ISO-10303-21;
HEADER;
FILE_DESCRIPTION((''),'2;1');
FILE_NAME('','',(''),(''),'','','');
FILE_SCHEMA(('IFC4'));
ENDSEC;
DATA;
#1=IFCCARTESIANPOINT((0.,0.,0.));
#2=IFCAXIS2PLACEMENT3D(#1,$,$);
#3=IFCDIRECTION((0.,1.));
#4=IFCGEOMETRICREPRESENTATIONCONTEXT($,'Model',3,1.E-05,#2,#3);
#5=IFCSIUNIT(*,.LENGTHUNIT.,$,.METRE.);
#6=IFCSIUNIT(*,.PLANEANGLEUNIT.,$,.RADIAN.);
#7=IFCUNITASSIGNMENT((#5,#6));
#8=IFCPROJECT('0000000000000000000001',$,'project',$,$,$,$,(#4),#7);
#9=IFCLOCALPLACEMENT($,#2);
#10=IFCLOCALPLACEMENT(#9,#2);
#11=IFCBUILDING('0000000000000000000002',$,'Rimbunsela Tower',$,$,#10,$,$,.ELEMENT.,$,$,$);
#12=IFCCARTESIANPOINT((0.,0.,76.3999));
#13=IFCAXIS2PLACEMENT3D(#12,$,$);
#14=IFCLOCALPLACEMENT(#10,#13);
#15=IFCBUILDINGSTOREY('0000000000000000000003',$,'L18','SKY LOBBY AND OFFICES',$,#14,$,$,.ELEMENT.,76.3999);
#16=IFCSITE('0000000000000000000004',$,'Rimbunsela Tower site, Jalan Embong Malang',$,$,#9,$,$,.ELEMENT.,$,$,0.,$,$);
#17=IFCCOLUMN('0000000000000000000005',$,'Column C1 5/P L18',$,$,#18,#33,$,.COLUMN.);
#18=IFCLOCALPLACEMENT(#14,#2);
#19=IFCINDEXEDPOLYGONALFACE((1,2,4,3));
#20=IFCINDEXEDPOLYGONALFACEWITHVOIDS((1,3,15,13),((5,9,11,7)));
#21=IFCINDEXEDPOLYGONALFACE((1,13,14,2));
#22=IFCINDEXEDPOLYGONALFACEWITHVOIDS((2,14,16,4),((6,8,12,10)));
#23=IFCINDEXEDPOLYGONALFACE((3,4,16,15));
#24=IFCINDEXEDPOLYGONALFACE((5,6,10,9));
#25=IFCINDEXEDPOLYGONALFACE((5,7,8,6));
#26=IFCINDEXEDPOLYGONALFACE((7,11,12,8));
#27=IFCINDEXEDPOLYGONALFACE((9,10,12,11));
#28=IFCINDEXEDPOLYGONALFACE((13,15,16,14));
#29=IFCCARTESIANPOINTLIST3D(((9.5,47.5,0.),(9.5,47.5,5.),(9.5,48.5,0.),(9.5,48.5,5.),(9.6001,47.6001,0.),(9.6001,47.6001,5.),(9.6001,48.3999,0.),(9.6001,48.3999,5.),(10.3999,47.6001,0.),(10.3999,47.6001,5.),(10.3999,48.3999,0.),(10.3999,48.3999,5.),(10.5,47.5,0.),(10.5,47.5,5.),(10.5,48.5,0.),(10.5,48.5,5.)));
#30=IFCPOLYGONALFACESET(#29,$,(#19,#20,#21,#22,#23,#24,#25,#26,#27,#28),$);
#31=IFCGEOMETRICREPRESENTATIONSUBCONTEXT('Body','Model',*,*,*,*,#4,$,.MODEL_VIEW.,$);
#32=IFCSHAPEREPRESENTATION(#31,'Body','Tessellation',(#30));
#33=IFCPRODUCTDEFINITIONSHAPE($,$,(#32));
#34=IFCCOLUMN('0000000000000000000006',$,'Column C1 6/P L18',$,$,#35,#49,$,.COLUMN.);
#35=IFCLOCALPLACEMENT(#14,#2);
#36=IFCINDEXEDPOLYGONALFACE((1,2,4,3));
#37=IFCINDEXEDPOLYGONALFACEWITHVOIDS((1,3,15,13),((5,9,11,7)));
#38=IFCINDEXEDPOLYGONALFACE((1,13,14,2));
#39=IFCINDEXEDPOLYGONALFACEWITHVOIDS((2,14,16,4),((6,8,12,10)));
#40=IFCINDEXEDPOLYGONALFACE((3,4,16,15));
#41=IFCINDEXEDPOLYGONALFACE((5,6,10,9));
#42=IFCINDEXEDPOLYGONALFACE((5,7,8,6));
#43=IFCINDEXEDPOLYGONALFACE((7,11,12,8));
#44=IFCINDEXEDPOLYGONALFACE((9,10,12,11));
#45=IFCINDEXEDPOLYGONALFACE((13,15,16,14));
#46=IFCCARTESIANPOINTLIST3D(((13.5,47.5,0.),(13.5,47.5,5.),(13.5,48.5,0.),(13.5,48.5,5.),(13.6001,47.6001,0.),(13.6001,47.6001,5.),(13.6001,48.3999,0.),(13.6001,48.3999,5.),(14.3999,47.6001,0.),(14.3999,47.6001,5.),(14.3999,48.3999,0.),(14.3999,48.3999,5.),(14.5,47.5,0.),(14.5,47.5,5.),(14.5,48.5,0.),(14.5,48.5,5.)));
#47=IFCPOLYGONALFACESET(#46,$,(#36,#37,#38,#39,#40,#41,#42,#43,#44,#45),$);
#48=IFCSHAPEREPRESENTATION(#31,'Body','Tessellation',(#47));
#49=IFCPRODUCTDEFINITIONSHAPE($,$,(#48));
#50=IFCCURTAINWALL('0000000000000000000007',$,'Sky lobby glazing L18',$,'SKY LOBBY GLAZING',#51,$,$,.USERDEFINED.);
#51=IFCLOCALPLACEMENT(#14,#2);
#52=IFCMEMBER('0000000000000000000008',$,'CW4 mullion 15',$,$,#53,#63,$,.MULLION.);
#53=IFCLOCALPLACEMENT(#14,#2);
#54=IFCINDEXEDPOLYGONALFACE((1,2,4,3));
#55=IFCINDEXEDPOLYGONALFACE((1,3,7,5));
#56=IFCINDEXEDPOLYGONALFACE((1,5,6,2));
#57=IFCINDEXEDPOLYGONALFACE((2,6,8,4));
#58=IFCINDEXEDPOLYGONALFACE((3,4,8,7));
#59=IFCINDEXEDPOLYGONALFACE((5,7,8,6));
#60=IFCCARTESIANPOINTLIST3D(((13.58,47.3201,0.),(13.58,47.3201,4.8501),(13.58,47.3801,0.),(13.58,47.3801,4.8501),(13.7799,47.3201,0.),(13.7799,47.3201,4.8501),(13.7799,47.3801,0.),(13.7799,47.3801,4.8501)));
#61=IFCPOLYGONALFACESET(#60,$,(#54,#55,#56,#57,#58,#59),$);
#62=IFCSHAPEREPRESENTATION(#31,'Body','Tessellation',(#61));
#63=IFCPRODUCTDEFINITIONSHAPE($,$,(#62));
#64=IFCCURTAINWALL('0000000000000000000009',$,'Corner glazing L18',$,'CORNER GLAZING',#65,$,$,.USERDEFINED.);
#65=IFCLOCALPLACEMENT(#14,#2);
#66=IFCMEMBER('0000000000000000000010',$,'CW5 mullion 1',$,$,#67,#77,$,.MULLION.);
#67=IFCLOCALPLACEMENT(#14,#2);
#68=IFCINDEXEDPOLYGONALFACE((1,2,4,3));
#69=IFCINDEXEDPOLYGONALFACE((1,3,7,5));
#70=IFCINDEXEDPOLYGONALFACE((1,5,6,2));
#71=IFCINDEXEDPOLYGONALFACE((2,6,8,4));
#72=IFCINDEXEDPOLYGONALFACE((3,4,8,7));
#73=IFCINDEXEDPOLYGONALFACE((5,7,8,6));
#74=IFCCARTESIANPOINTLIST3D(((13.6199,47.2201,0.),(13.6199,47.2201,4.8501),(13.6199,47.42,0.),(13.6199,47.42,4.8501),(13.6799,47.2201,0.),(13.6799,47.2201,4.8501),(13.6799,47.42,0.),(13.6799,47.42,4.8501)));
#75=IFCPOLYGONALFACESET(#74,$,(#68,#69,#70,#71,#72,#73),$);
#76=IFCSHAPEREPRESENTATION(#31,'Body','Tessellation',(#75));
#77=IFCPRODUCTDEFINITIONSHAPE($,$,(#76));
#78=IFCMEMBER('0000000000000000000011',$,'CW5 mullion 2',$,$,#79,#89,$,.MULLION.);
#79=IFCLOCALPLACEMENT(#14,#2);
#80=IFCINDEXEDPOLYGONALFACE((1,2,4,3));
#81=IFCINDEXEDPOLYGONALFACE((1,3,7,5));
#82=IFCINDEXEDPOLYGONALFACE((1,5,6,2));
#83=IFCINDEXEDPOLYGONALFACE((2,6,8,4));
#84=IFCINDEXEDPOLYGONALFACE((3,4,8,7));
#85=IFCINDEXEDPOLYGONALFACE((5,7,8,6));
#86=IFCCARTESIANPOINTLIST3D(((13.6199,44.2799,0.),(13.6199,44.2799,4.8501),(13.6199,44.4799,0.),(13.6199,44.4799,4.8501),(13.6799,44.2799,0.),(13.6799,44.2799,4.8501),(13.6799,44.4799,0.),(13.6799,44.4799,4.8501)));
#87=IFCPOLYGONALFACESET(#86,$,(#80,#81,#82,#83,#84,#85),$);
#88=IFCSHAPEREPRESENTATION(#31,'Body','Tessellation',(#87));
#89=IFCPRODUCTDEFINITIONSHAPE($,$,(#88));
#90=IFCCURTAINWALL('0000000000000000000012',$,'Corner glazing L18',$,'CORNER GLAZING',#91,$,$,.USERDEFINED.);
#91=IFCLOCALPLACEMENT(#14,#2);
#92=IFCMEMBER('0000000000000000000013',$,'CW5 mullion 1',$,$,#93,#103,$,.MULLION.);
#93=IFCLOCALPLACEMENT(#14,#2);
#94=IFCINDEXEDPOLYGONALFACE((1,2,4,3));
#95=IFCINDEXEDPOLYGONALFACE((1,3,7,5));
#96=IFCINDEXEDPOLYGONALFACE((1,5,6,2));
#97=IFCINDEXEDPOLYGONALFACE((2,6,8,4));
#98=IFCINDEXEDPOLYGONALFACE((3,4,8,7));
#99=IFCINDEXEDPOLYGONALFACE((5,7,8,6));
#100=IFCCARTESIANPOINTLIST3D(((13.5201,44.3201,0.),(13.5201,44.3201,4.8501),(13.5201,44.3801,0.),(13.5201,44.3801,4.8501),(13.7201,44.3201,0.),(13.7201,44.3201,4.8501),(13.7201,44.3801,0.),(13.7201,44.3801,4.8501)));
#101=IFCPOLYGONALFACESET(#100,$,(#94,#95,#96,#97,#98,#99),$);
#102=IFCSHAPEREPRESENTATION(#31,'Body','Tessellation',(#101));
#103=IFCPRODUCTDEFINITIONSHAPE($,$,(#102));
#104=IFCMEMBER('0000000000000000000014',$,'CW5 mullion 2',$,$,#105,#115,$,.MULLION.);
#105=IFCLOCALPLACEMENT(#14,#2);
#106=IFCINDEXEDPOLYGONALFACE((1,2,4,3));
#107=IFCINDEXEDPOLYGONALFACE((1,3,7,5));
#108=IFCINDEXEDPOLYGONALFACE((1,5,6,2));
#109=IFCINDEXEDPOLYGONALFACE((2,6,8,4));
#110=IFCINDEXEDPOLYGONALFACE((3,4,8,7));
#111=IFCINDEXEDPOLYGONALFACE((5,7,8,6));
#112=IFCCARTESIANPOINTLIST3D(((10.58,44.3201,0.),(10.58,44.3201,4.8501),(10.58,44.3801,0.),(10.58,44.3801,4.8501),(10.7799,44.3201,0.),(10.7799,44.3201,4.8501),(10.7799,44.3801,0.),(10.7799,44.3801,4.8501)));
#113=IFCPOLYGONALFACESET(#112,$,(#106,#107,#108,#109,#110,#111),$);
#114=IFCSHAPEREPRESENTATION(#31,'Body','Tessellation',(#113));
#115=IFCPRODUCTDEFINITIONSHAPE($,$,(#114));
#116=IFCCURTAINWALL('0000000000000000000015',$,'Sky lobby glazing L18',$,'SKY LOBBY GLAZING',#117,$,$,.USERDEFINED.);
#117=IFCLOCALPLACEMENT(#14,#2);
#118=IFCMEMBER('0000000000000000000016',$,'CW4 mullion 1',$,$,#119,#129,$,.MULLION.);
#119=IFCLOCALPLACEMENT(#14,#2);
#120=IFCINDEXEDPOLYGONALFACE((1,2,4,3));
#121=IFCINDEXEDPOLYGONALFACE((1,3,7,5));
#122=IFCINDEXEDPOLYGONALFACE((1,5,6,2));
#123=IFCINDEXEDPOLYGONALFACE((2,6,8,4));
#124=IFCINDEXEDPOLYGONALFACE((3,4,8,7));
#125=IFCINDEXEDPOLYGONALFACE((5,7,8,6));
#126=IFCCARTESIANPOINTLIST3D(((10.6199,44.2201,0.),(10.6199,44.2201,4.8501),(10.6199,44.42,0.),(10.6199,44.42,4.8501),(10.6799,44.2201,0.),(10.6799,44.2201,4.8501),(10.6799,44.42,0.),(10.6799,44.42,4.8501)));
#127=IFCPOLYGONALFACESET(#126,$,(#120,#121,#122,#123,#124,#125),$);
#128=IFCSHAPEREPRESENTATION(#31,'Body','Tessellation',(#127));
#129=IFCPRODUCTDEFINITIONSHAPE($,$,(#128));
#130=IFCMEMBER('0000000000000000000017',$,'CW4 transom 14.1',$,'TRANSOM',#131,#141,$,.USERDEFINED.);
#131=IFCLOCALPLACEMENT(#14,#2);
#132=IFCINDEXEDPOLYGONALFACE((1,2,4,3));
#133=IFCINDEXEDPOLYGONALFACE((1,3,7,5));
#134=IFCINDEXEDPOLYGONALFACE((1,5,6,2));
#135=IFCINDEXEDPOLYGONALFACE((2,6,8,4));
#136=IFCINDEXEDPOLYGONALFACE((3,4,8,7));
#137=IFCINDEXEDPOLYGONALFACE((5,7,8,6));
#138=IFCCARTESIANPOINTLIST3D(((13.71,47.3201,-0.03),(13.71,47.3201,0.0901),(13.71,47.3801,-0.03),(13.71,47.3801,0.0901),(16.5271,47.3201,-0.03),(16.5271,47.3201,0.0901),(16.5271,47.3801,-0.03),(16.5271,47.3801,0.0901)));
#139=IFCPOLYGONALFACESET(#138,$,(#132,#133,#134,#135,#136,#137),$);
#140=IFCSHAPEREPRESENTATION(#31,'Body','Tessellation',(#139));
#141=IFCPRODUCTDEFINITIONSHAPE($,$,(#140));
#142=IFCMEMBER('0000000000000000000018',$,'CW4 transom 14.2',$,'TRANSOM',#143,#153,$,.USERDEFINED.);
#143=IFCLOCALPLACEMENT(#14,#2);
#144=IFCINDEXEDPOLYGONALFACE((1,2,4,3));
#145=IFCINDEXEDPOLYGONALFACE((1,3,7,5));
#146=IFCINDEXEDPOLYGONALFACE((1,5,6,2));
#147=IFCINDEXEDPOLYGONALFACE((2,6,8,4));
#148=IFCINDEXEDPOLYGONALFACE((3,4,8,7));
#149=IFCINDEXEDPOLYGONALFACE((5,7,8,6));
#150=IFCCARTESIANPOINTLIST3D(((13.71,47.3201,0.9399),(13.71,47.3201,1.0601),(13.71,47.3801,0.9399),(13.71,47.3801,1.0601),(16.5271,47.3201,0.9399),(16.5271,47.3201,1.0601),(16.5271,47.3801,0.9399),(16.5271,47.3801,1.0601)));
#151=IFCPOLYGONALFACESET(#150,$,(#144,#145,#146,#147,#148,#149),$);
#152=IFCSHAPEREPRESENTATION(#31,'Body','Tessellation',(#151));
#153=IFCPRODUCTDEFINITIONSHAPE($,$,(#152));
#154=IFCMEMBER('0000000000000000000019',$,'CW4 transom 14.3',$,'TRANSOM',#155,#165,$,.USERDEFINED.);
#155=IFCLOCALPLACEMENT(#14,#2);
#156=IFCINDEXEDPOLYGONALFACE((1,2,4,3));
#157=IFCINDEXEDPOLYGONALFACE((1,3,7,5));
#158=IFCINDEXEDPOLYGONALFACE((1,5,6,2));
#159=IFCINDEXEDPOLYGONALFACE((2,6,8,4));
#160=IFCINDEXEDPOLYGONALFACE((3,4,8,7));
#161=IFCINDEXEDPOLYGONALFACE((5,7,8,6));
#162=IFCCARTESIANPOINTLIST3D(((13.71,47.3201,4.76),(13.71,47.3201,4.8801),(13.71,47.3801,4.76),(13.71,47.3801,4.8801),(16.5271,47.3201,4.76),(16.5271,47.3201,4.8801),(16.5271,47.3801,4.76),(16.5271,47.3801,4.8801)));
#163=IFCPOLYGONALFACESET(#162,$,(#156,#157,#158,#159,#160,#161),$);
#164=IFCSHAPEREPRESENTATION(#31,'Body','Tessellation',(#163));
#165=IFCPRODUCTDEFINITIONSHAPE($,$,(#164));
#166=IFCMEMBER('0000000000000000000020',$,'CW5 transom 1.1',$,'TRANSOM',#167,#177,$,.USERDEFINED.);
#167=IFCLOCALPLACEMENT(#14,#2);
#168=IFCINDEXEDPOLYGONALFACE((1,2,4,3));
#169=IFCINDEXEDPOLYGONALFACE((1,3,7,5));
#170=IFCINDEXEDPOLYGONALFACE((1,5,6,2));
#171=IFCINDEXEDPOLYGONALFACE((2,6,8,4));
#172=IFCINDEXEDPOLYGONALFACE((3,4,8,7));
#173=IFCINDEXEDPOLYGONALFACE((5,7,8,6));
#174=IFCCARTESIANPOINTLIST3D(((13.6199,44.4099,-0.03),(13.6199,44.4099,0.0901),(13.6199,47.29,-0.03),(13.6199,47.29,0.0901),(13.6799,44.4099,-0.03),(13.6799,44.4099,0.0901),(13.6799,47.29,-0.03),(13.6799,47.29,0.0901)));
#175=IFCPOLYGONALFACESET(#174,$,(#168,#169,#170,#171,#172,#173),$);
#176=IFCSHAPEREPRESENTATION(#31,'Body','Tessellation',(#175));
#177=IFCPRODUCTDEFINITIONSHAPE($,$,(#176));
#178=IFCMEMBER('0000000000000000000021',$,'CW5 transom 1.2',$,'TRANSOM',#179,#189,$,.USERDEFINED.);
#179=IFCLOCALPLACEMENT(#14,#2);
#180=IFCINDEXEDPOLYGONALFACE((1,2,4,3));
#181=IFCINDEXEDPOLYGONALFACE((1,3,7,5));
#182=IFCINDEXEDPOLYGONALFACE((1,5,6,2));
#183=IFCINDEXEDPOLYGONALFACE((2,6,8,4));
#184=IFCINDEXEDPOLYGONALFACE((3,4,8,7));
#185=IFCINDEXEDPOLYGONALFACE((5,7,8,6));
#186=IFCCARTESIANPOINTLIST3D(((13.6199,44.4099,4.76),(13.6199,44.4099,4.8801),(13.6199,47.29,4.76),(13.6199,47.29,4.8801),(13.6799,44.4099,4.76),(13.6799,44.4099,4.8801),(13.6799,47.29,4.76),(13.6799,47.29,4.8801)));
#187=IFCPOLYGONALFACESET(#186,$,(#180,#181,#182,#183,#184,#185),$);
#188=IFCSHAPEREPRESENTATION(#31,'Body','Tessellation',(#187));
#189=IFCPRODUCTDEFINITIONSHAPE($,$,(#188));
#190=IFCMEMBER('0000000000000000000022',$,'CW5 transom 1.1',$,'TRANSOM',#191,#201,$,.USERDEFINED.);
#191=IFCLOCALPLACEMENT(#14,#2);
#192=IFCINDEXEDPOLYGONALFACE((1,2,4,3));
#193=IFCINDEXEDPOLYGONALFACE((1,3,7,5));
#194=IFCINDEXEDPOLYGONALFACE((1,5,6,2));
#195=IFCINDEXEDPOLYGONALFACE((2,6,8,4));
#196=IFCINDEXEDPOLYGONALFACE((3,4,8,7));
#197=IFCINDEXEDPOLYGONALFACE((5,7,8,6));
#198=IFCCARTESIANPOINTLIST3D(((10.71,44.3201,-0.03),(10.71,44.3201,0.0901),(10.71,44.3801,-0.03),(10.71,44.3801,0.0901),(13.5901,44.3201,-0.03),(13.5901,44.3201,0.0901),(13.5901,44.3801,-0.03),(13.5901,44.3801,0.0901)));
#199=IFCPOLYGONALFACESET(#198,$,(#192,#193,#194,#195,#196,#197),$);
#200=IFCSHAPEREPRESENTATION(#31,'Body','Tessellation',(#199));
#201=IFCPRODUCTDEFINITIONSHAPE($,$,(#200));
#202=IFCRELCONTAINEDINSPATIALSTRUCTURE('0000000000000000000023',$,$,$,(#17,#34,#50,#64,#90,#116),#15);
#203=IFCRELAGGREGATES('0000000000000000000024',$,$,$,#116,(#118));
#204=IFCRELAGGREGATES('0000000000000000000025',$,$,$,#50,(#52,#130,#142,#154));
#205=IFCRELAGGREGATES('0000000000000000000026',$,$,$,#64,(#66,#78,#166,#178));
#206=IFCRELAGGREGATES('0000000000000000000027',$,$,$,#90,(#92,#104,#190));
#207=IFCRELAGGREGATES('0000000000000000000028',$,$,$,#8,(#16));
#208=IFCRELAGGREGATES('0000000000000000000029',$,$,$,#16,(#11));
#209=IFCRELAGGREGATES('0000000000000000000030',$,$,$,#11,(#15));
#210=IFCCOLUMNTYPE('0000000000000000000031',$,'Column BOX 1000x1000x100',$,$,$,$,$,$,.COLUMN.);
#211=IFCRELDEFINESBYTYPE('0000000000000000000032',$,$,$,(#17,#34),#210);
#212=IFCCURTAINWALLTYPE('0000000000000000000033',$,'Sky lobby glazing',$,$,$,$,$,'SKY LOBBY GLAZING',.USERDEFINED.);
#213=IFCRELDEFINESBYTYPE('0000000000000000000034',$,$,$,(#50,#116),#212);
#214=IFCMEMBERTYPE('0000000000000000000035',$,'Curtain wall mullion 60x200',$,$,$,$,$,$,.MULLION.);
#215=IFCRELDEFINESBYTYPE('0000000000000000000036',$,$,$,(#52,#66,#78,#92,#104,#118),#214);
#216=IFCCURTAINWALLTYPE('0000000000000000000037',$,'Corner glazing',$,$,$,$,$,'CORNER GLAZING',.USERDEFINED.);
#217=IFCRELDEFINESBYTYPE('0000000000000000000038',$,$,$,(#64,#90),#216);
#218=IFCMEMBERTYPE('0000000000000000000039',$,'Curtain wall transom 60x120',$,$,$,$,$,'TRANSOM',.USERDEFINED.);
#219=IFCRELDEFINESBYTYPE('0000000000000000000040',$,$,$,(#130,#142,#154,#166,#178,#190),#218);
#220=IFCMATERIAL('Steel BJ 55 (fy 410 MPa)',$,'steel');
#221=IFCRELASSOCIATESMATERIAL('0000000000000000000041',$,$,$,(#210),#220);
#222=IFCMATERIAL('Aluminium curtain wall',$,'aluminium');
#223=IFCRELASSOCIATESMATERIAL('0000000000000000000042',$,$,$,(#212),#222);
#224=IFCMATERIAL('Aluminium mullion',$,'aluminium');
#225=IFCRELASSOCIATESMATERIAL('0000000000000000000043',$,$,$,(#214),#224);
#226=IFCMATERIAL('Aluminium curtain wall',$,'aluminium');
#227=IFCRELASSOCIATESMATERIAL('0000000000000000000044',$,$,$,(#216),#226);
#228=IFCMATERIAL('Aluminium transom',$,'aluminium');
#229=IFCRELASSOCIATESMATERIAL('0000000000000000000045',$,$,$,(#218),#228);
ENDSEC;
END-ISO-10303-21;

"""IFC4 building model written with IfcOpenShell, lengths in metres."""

from ifc_helpers import new_model, si_unit, direction, frame, origin, origin_2d, place, context, subcontext, project, spatial, rectangle, hollow_rectangle, extrude, material, material_profile, profile_set, type_object, element, aggregate, save


model = new_model("IFC4")

# Units and contexts
model_context = context("Model", 3, precision=1e-05, world=origin(), true_north=direction((0.0, 1.0)))
body_context = subcontext(model_context, "Body", "Model", "MODEL_VIEW")
ifc_project = project(units=[si_unit("LENGTHUNIT", "METRE"), si_unit("PLANEANGLEUNIT", "RADIAN")], contexts=[model_context])

# Site, building, storey
site_placement = place(None, origin())
site = spatial("IfcSite", under=ifc_project, at=site_placement, Name="Rimbunsela Tower site, Jalan Embong Malang", CompositionType="ELEMENT", RefElevation=0.0)
building_placement = place(site_placement, origin())
building = spatial("IfcBuilding", under=site, at=building_placement, Name="Rimbunsela Tower", CompositionType="ELEMENT")
storey_placement = place(building_placement, frame((0.0, 0.0, 76.3999)))
storey = spatial("IfcBuildingStorey", under=building, at=storey_placement, Name="L18", Description="SKY LOBBY AND OFFICES", CompositionType="ELEMENT", Elevation=76.3999)

# Columns
ifc_material_1 = material(Name="Steel BJ 55 (fy 410 MPa)", Category="steel")
ifc_material_profile_1 = material_profile(ifc_material_1, hollow_rectangle(XDim=1.0, YDim=1.0, WallThickness=0.1001, at=origin_2d()), Name="BOX 1000x1000x100")
ifc_profile_set_1 = profile_set([ifc_material_profile_1], Name="Steel BJ 55 (fy 410 MPa)")
column_type = type_object("IfcColumnType", Name="Column BOX 1000x1000x100", PredefinedType="COLUMN", material=ifc_profile_set_1)
for number, where, z_axis, x_axis, name in (
    (1, (10.0, 48.0, 0.0), (0.0, 0.0, 1.0), (1.0, 0.0, 0.0), "Column C1 5/P L18"),
    (2, (14.0, 48.0, 0.0), (0.0, 0.0, 1.0), (1.0, 0.0, 0.0), "Column C1 6/P L18"),
):
    element("IfcColumn", number, at=place(storey_placement, frame(where, z_axis=z_axis, x_axis=x_axis)), inside=storey, type_object=column_type, Name=name, PredefinedType="COLUMN", context=body_context, shape_type="SweptSolid", body=[
        extrude(hollow_rectangle(XDim=1.0, YDim=1.0, WallThickness=0.1001, at=origin_2d()), origin(), (0.0, 0.0, 1.0), 5.0),
    ])

# Curtain wall, member
ifc_material_2 = material(Name="Aluminium curtain wall", Category="aluminium")
curtain_wall_type_1 = type_object("IfcCurtainWallType", Name="Sky lobby glazing", ElementType="SKY LOBBY GLAZING", PredefinedType="USERDEFINED", material=ifc_material_2)
curtain_wall_1_placement = place(storey_placement, origin())
curtain_wall_1 = element("IfcCurtainWall", 3, at=curtain_wall_1_placement, inside=storey, type_object=curtain_wall_type_1, Name="Sky lobby glazing L18", ObjectType="SKY LOBBY GLAZING", PredefinedType="USERDEFINED")
ifc_material_3 = material(Name="Aluminium mullion", Category="aluminium")
ifc_material_profile_2 = material_profile(ifc_material_3, rectangle(XDim=0.0601, YDim=0.2, at=origin_2d()), Name="Mullion 60x200")
ifc_profile_set_2 = profile_set([ifc_material_profile_2], Name="Aluminium mullion")
member_type_1 = type_object("IfcMemberType", Name="Curtain wall mullion 60x200", PredefinedType="MULLION", material=ifc_profile_set_2)
member_1_placement = place(storey_placement, frame((13.6799, 47.3501, 0.0), z_axis=(0.0, 0.0, 1.0), x_axis=(0.0, -1.0, 0.0)))
member_1 = element("IfcMember", 4, at=member_1_placement, type_object=member_type_1, Name="CW4 mullion 15", PredefinedType="MULLION", context=body_context, shape_type="SweptSolid", body=[
    extrude(rectangle(XDim=0.0601, YDim=0.2, at=origin_2d()), origin(), (0.0, 0.0, 1.0), 4.8501),
])

# Curtain walls, members
ifc_material_4 = material(Name="Aluminium curtain wall", Category="aluminium")
curtain_wall_type_2 = type_object("IfcCurtainWallType", Name="Corner glazing", ElementType="CORNER GLAZING", PredefinedType="USERDEFINED", material=ifc_material_4)
curtain_wall_2_placement = place(storey_placement, origin())
curtain_wall_2 = element("IfcCurtainWall", 5, at=curtain_wall_2_placement, inside=storey, type_object=curtain_wall_type_2, Name="Corner glazing L18", ObjectType="CORNER GLAZING", PredefinedType="USERDEFINED")
member_2_placement = place(storey_placement, frame((13.6499, 47.3201, 0.0), z_axis=(0.0, 0.0, 1.0), x_axis=(1.0, 0.0, 0.0)))
member_2 = element("IfcMember", 6, at=member_2_placement, type_object=member_type_1, Name="CW5 mullion 1", PredefinedType="MULLION", context=body_context, shape_type="SweptSolid", body=[
    extrude(rectangle(XDim=0.0601, YDim=0.2, at=origin_2d()), origin(), (0.0, 0.0, 1.0), 4.8501),
])
member_3_placement = place(storey_placement, frame((13.6499, 44.3799, 0.0), z_axis=(0.0, 0.0, 1.0), x_axis=(1.0, 0.0, 0.0)))
member_3 = element("IfcMember", 7, at=member_3_placement, type_object=member_type_1, Name="CW5 mullion 2", PredefinedType="MULLION", context=body_context, shape_type="SweptSolid", body=[
    extrude(rectangle(XDim=0.0601, YDim=0.2, at=origin_2d()), origin(), (0.0, 0.0, 1.0), 4.8501),
])
curtain_wall_3_placement = place(storey_placement, origin())
curtain_wall_3 = element("IfcCurtainWall", 8, at=curtain_wall_3_placement, inside=storey, type_object=curtain_wall_type_2, Name="Corner glazing L18", ObjectType="CORNER GLAZING", PredefinedType="USERDEFINED")
member_4_placement = place(storey_placement, frame((13.6201, 44.3501, 0.0), z_axis=(0.0, 0.0, 1.0), x_axis=(0.0, -1.0, 0.0)))
member_4 = element("IfcMember", 9, at=member_4_placement, type_object=member_type_1, Name="CW5 mullion 1", PredefinedType="MULLION", context=body_context, shape_type="SweptSolid", body=[
    extrude(rectangle(XDim=0.0601, YDim=0.2, at=origin_2d()), origin(), (0.0, 0.0, 1.0), 4.8501),
])
member_5_placement = place(storey_placement, frame((10.6799, 44.3501, 0.0), z_axis=(0.0, 0.0, 1.0), x_axis=(0.0, -1.0, 0.0)))
member_5 = element("IfcMember", 10, at=member_5_placement, type_object=member_type_1, Name="CW5 mullion 2", PredefinedType="MULLION", context=body_context, shape_type="SweptSolid", body=[
    extrude(rectangle(XDim=0.0601, YDim=0.2, at=origin_2d()), origin(), (0.0, 0.0, 1.0), 4.8501),
])

# Curtain wall, member
curtain_wall_4_placement = place(storey_placement, origin())
curtain_wall_4 = element("IfcCurtainWall", 11, at=curtain_wall_4_placement, inside=storey, type_object=curtain_wall_type_1, Name="Sky lobby glazing L18", ObjectType="SKY LOBBY GLAZING", PredefinedType="USERDEFINED")
member_6_placement = place(storey_placement, frame((10.6499, 44.3201, 0.0), z_axis=(0.0, 0.0, 1.0), x_axis=(1.0, 0.0, 0.0)))
member_6 = element("IfcMember", 12, at=member_6_placement, type_object=member_type_1, Name="CW4 mullion 1", PredefinedType="MULLION", context=body_context, shape_type="SweptSolid", body=[
    extrude(rectangle(XDim=0.0601, YDim=0.2, at=origin_2d()), origin(), (0.0, 0.0, 1.0), 4.8501),
])
aggregate(curtain_wall_4, [member_6])

# Members
ifc_material_5 = material(Name="Aluminium transom", Category="aluminium")
ifc_material_profile_3 = material_profile(ifc_material_5, rectangle(XDim=0.0601, YDim=0.1201, at=origin_2d()), Name="Transom 60x120")
ifc_profile_set_3 = profile_set([ifc_material_profile_3], Name="Aluminium transom")
member_type_2 = type_object("IfcMemberType", Name="Curtain wall transom 60x120", ElementType="TRANSOM", PredefinedType="USERDEFINED", material=ifc_profile_set_3)
member_7_placement = place(storey_placement, frame((16.5271, 47.3501, 0.03), z_axis=(-1.0, 0.0, 0.0), x_axis=(0.0, -1.0, 0.0)))
member_7 = element("IfcMember", 13, at=member_7_placement, type_object=member_type_2, Name="CW4 transom 14.1", ObjectType="TRANSOM", PredefinedType="USERDEFINED", context=body_context, shape_type="SweptSolid", body=[
    extrude(rectangle(XDim=0.0601, YDim=0.1201, at=origin_2d()), origin(), (0.0, 0.0, 1.0), 2.8171),
])
member_8_placement = place(storey_placement, frame((16.5271, 47.3501, 1.0), z_axis=(-1.0, 0.0, 0.0), x_axis=(0.0, -1.0, 0.0)))
member_8 = element("IfcMember", 14, at=member_8_placement, type_object=member_type_2, Name="CW4 transom 14.2", ObjectType="TRANSOM", PredefinedType="USERDEFINED", context=body_context, shape_type="SweptSolid", body=[
    extrude(rectangle(XDim=0.0601, YDim=0.1201, at=origin_2d()), origin(), (0.0, 0.0, 1.0), 2.8171),
])
member_9_placement = place(storey_placement, frame((16.5271, 47.3501, 4.8201), z_axis=(-1.0, 0.0, 0.0), x_axis=(0.0, -1.0, 0.0)))
member_9 = element("IfcMember", 15, at=member_9_placement, type_object=member_type_2, Name="CW4 transom 14.3", ObjectType="TRANSOM", PredefinedType="USERDEFINED", context=body_context, shape_type="SweptSolid", body=[
    extrude(rectangle(XDim=0.0601, YDim=0.1201, at=origin_2d()), origin(), (0.0, 0.0, 1.0), 2.8171),
])
member_10_placement = place(storey_placement, frame((13.6499, 47.29, 0.03), z_axis=(0.0, -1.0, 0.0), x_axis=(1.0, 0.0, 0.0)))
member_10 = element("IfcMember", 16, at=member_10_placement, type_object=member_type_2, Name="CW5 transom 1.1", ObjectType="TRANSOM", PredefinedType="USERDEFINED", context=body_context, shape_type="SweptSolid", body=[
    extrude(rectangle(XDim=0.0601, YDim=0.1201, at=origin_2d()), origin(), (0.0, 0.0, 1.0), 2.8801),
])
member_11_placement = place(storey_placement, frame((13.6499, 47.29, 4.8201), z_axis=(0.0, -1.0, 0.0), x_axis=(1.0, 0.0, 0.0)))
member_11 = element("IfcMember", 17, at=member_11_placement, type_object=member_type_2, Name="CW5 transom 1.2", ObjectType="TRANSOM", PredefinedType="USERDEFINED", context=body_context, shape_type="SweptSolid", body=[
    extrude(rectangle(XDim=0.0601, YDim=0.1201, at=origin_2d()), origin(), (0.0, 0.0, 1.0), 2.8801),
])
member_12_placement = place(storey_placement, frame((13.5901, 44.3501, 0.03), z_axis=(-1.0, 0.0, 0.0), x_axis=(0.0, -1.0, 0.0)))
member_12 = element("IfcMember", 18, at=member_12_placement, type_object=member_type_2, Name="CW5 transom 1.1", ObjectType="TRANSOM", PredefinedType="USERDEFINED", context=body_context, shape_type="SweptSolid", body=[
    extrude(rectangle(XDim=0.0601, YDim=0.1201, at=origin_2d()), origin(), (0.0, 0.0, 1.0), 2.8801),
])

aggregate(curtain_wall_1, [member_1, member_7, member_8, member_9])
aggregate(curtain_wall_2, [member_2, member_3, member_10, member_11])
aggregate(curtain_wall_3, [member_4, member_5, member_12])

save(model, "model.ifc")
